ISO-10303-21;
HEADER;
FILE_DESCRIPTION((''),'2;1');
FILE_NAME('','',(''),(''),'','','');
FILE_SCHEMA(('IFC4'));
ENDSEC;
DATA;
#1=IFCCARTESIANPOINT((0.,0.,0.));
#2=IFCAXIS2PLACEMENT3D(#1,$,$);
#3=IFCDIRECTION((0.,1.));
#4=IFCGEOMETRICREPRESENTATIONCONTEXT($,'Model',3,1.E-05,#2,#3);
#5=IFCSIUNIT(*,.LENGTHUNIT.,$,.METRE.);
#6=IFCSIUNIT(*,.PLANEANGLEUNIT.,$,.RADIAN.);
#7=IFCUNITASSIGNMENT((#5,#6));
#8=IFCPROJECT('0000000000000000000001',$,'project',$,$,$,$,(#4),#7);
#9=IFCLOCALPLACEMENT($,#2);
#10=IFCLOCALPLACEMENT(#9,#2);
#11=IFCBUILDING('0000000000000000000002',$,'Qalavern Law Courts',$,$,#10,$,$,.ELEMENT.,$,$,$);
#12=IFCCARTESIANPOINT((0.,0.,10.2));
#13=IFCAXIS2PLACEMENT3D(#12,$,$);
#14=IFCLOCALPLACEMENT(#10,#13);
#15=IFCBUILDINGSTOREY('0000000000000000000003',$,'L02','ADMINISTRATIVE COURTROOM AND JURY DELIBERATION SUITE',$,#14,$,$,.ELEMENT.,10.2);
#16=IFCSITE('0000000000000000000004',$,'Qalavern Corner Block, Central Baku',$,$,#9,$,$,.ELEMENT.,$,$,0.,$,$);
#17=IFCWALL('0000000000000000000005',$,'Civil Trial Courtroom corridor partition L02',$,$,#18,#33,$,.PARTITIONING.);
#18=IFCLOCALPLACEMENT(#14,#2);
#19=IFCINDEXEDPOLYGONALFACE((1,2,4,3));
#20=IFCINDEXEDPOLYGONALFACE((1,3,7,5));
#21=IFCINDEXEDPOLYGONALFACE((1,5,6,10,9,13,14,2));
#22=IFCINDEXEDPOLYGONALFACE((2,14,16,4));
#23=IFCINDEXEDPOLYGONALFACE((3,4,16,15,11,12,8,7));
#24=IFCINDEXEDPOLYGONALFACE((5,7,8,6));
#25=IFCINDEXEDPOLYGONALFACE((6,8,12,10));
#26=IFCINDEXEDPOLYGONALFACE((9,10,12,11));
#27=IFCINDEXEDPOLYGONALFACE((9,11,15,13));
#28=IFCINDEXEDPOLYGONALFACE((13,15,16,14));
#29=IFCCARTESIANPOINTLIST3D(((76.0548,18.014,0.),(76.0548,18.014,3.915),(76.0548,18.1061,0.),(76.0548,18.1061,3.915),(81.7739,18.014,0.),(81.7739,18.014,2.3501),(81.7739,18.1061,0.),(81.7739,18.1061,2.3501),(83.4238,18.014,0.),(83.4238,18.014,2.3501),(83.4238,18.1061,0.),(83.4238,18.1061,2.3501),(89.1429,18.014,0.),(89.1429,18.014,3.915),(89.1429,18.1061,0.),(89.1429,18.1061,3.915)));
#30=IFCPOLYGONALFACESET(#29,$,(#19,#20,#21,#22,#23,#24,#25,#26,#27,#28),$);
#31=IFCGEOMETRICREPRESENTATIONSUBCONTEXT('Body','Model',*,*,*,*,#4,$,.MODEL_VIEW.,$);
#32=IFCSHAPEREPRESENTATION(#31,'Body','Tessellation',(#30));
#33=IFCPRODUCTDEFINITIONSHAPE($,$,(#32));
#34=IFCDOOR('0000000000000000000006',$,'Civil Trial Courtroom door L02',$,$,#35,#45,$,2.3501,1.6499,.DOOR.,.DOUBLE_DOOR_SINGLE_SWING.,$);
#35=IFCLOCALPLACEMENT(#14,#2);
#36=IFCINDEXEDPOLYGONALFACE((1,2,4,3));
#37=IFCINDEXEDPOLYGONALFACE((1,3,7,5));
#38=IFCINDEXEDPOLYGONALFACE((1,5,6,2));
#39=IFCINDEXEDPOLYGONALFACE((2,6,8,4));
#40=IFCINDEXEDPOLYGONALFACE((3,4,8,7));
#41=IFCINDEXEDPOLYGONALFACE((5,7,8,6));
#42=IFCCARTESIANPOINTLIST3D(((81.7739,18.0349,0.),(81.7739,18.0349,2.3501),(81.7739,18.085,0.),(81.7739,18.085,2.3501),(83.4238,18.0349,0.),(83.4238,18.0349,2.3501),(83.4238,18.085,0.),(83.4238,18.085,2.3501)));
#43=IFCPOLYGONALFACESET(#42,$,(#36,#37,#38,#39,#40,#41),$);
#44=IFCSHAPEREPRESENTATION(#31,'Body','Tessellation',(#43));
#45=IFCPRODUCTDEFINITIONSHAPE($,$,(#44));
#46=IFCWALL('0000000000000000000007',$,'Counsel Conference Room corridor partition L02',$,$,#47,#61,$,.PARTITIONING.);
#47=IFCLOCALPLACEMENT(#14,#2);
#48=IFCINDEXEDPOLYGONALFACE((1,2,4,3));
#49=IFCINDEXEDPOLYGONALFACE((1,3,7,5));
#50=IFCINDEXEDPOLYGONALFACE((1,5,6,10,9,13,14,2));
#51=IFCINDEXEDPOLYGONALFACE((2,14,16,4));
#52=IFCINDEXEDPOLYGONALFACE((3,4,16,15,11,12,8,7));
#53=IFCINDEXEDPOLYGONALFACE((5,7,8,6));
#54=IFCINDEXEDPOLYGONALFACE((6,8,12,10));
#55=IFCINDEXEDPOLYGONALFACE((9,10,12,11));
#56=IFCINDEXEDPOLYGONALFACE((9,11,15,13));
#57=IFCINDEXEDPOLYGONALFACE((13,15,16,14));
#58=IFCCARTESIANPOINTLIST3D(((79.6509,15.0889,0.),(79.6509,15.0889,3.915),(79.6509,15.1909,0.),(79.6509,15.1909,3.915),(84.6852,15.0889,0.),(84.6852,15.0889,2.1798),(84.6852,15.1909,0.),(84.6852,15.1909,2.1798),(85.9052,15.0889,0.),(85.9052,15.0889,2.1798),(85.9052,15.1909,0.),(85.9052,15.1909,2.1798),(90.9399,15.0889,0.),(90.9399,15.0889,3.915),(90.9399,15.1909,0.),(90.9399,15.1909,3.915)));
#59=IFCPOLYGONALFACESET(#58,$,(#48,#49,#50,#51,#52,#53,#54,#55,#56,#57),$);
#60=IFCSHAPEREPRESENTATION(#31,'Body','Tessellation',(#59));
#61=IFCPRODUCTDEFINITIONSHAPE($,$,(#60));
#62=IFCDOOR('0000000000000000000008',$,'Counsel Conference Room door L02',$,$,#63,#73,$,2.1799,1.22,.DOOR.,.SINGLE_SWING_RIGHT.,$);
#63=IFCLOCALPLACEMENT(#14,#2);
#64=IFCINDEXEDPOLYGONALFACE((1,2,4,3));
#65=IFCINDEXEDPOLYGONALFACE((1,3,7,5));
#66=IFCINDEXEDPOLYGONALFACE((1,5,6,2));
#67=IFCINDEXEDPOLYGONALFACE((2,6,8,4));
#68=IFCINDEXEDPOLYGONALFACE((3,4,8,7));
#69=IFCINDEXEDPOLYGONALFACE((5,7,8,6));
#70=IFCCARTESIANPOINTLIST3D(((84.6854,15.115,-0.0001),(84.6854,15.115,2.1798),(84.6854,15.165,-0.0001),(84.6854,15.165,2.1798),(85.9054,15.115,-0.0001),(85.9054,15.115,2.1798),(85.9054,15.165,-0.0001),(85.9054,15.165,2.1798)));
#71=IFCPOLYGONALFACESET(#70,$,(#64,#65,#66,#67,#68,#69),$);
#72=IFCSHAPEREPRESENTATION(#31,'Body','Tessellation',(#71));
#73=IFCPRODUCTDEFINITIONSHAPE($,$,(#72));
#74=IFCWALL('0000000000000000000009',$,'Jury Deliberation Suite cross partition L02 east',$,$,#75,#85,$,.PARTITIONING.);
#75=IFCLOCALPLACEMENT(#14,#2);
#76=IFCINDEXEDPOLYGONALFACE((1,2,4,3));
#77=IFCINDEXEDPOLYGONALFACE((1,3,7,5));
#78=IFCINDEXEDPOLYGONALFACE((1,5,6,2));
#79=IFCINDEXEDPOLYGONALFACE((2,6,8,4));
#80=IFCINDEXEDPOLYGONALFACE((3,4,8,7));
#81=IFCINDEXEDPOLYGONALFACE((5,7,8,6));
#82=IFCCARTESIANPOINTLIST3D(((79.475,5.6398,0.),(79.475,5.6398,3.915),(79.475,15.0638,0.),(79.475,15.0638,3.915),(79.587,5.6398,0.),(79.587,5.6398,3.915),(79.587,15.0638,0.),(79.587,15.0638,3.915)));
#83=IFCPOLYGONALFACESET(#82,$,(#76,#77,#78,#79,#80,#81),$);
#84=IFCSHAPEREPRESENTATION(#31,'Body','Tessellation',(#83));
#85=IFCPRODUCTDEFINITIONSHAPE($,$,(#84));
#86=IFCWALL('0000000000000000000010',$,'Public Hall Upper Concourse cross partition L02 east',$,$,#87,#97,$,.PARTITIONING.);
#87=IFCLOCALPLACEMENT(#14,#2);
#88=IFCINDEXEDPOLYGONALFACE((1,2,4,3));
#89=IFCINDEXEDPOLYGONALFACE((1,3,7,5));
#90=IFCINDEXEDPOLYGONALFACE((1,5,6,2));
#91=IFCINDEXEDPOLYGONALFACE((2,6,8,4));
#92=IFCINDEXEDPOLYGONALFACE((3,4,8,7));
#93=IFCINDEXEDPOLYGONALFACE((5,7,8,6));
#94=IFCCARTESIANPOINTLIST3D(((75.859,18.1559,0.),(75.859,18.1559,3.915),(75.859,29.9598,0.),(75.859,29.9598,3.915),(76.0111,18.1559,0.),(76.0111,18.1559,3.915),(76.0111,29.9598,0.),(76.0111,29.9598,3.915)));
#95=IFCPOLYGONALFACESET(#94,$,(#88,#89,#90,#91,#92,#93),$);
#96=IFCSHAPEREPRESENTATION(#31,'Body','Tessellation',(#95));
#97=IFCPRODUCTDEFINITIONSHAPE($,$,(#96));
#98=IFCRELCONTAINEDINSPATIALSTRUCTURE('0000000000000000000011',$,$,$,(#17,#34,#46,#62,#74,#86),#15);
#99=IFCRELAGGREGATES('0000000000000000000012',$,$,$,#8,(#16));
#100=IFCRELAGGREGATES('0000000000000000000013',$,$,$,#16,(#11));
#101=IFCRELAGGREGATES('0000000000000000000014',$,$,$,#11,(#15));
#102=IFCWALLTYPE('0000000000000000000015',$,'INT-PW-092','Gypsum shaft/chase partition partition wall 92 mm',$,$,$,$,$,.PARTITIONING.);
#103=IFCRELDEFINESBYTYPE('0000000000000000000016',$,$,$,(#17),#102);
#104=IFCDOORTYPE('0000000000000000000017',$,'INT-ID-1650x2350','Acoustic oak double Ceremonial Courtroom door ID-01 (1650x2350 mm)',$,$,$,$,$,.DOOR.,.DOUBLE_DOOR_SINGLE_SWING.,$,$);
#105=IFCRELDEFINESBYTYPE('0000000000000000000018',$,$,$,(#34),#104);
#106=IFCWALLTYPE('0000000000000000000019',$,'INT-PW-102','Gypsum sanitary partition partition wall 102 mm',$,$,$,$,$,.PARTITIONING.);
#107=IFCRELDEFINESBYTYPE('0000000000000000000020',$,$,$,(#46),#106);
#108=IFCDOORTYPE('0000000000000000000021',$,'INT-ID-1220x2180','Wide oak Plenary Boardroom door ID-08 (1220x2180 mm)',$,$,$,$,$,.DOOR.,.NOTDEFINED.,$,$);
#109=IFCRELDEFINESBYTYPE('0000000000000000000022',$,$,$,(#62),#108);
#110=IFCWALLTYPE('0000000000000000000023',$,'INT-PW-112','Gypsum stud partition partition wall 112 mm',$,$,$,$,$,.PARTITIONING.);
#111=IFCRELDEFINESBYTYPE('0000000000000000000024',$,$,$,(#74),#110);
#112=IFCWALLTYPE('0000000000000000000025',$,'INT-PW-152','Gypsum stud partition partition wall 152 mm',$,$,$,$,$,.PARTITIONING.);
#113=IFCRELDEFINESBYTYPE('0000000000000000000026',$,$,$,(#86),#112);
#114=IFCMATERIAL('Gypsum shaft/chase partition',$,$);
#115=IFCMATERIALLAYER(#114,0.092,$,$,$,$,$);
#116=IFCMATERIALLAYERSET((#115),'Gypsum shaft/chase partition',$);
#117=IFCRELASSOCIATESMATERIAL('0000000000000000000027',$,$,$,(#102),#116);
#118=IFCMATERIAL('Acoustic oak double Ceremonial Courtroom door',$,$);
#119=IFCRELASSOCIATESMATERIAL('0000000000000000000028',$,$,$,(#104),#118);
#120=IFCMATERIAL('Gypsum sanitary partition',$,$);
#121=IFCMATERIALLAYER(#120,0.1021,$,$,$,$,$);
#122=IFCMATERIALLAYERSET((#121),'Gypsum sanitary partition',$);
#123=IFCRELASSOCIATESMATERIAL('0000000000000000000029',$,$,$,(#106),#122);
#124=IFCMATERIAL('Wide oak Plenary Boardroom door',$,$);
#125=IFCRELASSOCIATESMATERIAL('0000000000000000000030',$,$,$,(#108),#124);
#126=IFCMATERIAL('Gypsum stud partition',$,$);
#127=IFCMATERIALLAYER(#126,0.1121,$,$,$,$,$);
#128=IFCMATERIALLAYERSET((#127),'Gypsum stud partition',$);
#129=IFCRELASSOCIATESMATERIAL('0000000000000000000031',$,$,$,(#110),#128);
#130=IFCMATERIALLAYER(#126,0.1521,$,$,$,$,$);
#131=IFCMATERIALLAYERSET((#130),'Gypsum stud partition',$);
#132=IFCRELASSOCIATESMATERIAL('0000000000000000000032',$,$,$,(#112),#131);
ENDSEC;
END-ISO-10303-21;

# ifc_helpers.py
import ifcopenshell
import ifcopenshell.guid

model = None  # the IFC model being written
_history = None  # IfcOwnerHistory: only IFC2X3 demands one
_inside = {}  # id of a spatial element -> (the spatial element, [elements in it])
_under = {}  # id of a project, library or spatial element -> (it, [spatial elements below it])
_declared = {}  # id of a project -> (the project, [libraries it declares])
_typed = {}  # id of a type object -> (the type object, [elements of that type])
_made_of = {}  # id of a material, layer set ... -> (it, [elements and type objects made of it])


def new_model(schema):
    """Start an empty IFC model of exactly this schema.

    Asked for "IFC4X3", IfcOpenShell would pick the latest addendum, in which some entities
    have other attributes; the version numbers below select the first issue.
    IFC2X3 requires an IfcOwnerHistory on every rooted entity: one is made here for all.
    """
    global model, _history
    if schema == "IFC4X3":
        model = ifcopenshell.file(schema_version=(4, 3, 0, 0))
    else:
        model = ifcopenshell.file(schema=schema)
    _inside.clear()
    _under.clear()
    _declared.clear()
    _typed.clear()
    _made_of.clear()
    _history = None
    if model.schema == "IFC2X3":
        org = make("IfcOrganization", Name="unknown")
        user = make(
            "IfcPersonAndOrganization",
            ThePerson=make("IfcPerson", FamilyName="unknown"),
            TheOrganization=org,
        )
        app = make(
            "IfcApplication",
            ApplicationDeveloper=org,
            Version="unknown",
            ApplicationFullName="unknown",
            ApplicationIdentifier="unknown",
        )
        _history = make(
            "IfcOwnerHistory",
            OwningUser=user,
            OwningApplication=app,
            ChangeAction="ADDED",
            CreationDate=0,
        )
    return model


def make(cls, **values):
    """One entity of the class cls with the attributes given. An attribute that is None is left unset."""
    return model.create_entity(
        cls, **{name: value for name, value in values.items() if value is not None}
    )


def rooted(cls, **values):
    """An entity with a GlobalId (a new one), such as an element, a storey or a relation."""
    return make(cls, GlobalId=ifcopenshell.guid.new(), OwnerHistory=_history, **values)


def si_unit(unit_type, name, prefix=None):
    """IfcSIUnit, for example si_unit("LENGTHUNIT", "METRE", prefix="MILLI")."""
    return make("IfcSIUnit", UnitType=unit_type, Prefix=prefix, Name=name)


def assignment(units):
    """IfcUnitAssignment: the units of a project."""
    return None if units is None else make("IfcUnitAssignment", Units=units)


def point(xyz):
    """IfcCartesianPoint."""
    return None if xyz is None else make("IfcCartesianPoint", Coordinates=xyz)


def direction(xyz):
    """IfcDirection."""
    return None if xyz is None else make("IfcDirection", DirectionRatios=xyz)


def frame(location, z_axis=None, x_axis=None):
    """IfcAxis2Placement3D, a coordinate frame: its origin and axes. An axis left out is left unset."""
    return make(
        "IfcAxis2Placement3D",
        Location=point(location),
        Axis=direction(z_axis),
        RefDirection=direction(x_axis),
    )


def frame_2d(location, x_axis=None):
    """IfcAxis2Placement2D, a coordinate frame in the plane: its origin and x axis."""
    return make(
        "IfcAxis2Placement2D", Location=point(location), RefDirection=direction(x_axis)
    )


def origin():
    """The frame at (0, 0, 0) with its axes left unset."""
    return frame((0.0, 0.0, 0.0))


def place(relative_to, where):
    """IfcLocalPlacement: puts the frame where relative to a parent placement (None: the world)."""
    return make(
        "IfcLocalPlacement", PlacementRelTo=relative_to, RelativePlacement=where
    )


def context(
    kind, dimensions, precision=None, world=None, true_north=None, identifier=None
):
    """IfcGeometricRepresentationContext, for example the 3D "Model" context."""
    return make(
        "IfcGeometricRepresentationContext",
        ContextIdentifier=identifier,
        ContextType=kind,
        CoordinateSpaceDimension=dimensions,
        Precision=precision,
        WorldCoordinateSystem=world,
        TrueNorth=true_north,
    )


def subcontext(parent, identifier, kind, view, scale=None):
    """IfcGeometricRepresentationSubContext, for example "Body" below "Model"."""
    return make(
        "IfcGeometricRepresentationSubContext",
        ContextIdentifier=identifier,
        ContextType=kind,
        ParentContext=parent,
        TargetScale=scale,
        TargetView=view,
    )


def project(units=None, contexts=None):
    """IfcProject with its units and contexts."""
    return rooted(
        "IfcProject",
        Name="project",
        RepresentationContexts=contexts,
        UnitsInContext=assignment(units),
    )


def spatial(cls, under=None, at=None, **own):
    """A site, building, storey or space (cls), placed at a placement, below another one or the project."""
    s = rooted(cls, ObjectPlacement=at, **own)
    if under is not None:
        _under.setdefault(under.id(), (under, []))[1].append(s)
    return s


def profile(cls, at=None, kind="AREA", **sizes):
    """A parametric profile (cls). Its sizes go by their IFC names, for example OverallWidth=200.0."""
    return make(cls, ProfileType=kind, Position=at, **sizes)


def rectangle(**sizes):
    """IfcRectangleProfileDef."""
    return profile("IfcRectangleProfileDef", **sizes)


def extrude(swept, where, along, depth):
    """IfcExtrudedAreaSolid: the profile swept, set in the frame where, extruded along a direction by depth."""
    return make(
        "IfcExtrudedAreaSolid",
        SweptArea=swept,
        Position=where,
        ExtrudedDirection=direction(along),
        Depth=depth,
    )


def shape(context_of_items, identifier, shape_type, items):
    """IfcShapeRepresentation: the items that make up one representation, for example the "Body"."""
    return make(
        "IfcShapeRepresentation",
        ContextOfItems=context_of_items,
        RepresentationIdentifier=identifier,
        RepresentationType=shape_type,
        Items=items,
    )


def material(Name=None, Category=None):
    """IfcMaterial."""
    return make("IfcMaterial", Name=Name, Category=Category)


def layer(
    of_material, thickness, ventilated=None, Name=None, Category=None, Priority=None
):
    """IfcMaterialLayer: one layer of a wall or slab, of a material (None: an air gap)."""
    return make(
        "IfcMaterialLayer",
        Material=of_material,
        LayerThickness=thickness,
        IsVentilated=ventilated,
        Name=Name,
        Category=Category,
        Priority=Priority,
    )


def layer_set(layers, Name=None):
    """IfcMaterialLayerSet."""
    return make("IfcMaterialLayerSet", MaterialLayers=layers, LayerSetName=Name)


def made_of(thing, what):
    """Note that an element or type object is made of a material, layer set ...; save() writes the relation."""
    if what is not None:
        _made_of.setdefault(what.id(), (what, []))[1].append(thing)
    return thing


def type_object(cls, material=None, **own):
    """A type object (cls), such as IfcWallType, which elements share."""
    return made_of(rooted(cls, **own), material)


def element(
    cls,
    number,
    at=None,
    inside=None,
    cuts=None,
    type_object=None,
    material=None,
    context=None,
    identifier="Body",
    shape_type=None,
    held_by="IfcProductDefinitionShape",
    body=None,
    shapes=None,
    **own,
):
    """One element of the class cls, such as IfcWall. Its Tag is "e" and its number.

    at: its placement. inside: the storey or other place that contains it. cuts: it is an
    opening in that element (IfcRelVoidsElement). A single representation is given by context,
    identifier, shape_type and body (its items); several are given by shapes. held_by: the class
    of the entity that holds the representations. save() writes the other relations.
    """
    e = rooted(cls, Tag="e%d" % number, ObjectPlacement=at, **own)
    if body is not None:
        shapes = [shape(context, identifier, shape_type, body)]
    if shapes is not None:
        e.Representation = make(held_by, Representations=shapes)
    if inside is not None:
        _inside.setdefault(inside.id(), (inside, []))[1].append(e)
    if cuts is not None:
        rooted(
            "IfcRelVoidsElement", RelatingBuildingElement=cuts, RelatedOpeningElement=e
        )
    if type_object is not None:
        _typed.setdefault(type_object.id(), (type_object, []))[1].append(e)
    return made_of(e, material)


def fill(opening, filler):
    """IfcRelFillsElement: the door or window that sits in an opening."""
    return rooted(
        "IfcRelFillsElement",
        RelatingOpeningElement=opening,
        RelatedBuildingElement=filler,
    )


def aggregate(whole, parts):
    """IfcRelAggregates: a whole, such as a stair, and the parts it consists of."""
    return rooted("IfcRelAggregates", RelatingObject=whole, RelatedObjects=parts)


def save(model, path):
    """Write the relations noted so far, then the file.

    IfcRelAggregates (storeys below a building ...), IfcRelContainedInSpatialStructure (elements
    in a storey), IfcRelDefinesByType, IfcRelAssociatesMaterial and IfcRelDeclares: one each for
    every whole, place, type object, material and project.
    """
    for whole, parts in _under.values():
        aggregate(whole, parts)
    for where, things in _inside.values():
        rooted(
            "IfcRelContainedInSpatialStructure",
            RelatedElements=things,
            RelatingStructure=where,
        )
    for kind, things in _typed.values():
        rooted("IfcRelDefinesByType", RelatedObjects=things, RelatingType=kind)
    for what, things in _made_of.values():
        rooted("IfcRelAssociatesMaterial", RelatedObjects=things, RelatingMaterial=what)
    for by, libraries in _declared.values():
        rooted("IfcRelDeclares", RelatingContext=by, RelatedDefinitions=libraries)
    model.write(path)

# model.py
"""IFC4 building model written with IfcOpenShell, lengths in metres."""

from ifc_helpers import new_model, si_unit, direction, frame, frame_2d, origin, place, context, subcontext, project, spatial, rectangle, extrude, material, layer, layer_set, type_object, element, fill, save


model = new_model("IFC4")

# Units and contexts
model_context = context("Model", 3, precision=1e-05, world=origin(), true_north=direction((0.0, 1.0)))
body_context = subcontext(model_context, "Body", "Model", "MODEL_VIEW")
ifc_project = project(units=[si_unit("LENGTHUNIT", "METRE"), si_unit("PLANEANGLEUNIT", "RADIAN")], contexts=[model_context])

# Site, building, storey
site_placement = place(None, origin())
site = spatial("IfcSite", under=ifc_project, at=site_placement, Name="Qalavern Corner Block, Central Baku", CompositionType="ELEMENT", RefElevation=0.0)
building_placement = place(site_placement, origin())
building = spatial("IfcBuilding", under=site, at=building_placement, Name="Qalavern Law Courts", CompositionType="ELEMENT")
storey_placement = place(building_placement, frame((0.0, 0.0, 10.2)))
storey = spatial("IfcBuildingStorey", under=building, at=storey_placement, Name="L02", Description="ADMINISTRATIVE COURTROOM AND JURY DELIBERATION SUITE", CompositionType="ELEMENT", Elevation=10.2)

# Walls, openings, doors
ifc_material_1 = material(Name="Gypsum shaft/chase partition")
ifc_layer_1 = layer(ifc_material_1, 0.092)
ifc_layer_set_1 = layer_set([ifc_layer_1], Name="Gypsum shaft/chase partition")
wall_type_1 = type_object("IfcWallType", Name="INT-PW-092", Description="Gypsum shaft/chase partition partition wall 92 mm", PredefinedType="PARTITIONING", material=ifc_layer_set_1)
wall_1_placement = place(storey_placement, frame((76.0549, 18.0601, 0.0), z_axis=(0.0, 0.0, 1.0), x_axis=(1.0, 0.0, 0.0)))
wall_1 = element("IfcWall", 1, at=wall_1_placement, inside=storey, type_object=wall_type_1, Name="Civil Trial Courtroom corridor partition L02", PredefinedType="PARTITIONING", context=body_context, shape_type="SweptSolid", body=[
    extrude(rectangle(XDim=13.0881, YDim=0.092, at=frame_2d((6.5439, 0.0))), origin(), (0.0, 0.0, 1.0), 3.915),
])
opening_1_placement = place(wall_1_placement, frame((5.719, 0.0, 0.0)))
opening_1 = element("IfcOpeningElement", 2, at=opening_1_placement, cuts=wall_1, PredefinedType="OPENING", context=body_context, shape_type="SweptSolid", body=[
    extrude(rectangle(XDim=1.6499, YDim=2.3501, at=frame_2d((0.825, 1.175))), frame((0.0, 0.061, 0.0), z_axis=(0.0, -1.0, 0.0), x_axis=(1.0, 0.0, 0.0)), (0.0, 0.0, 1.0), 0.1218),
])
ifc_material_2 = material(Name="Acoustic oak double Ceremonial Courtroom door")
door_type_1 = type_object("IfcDoorType", Name="INT-ID-1650x2350", Description="Acoustic oak double Ceremonial Courtroom door ID-01 (1650x2350 mm)", OperationType="DOUBLE_DOOR_SINGLE_SWING", PredefinedType="DOOR", material=ifc_material_2)
door_1_placement = place(opening_1_placement, origin())
door_1 = element("IfcDoor", 3, at=door_1_placement, inside=storey, type_object=door_type_1, Name="Civil Trial Courtroom door L02", OperationType="DOUBLE_DOOR_SINGLE_SWING", OverallHeight=2.3501, OverallWidth=1.6499, PredefinedType="DOOR", context=body_context, shape_type="SweptSolid", body=[
    extrude(rectangle(XDim=1.6499, YDim=2.3501, at=frame_2d((0.825, 1.175))), frame((0.0, 0.0249, 0.0), z_axis=(0.0, -1.0, 0.0), x_axis=(1.0, 0.0, 0.0)), (0.0, 0.0, 1.0), 0.05),
])
fill(opening_1, door_1)
ifc_material_3 = material(Name="Gypsum sanitary partition")
ifc_layer_2 = layer(ifc_material_3, 0.1021)
ifc_layer_set_2 = layer_set([ifc_layer_2], Name="Gypsum sanitary partition")
wall_type_2 = type_object("IfcWallType", Name="INT-PW-102", Description="Gypsum sanitary partition partition wall 102 mm", PredefinedType="PARTITIONING", material=ifc_layer_set_2)
wall_2_placement = place(storey_placement, frame((79.6509, 15.1399, 0.0), z_axis=(0.0, 0.0, 1.0), x_axis=(1.0, 0.0, 0.0)))
wall_2 = element("IfcWall", 4, at=wall_2_placement, inside=storey, type_object=wall_type_2, Name="Counsel Conference Room corridor partition L02", PredefinedType="PARTITIONING", context=body_context, shape_type="SweptSolid", body=[
    extrude(rectangle(XDim=11.2891, YDim=0.1021, at=frame_2d((5.6445, 0.0))), origin(), (0.0, 0.0, 1.0), 3.915),
])
opening_2_placement = place(wall_2_placement, frame((5.0344, 0.0, 0.0)))
opening_2 = element("IfcOpeningElement", 5, at=opening_2_placement, cuts=wall_2, PredefinedType="OPENING", context=body_context, shape_type="SweptSolid", body=[
    extrude(rectangle(XDim=1.22, YDim=2.1799, at=frame_2d((0.6099, 1.0898))), frame((0.0, 0.0659, 0.0), z_axis=(0.0, -1.0, 0.0), x_axis=(1.0, 0.0, 0.0)), (0.0, 0.0, 1.0), 0.1318),
])
ifc_material_4 = material(Name="Wide oak Plenary Boardroom door")
door_type_2 = type_object("IfcDoorType", Name="INT-ID-1220x2180", Description="Wide oak Plenary Boardroom door ID-08 (1220x2180 mm)", OperationType="NOTDEFINED", PredefinedType="DOOR", material=ifc_material_4)
door_2_placement = place(opening_2_placement, frame((1.22, 0.0, 0.0), z_axis=(0.0, 0.0, 1.0), x_axis=(-1.0, 0.0, 0.0)))
door_2 = element("IfcDoor", 6, at=door_2_placement, inside=storey, type_object=door_type_2, Name="Counsel Conference Room door L02", OperationType="SINGLE_SWING_RIGHT", OverallHeight=2.1799, OverallWidth=1.22, PredefinedType="DOOR", context=body_context, shape_type="SweptSolid", body=[
    extrude(rectangle(XDim=1.22, YDim=2.1799, at=frame_2d((0.6099, 1.0898))), frame((0.0, 0.0249, 0.0), z_axis=(0.0, -1.0, 0.0), x_axis=(1.0, 0.0, 0.0)), (0.0, 0.0, 1.0), 0.05),
])
fill(opening_2, door_2)

# Walls
ifc_material_5 = material(Name="Gypsum stud partition")
ifc_layer_3 = layer(ifc_material_5, 0.1121)
ifc_layer_set_3 = layer_set([ifc_layer_3], Name="Gypsum stud partition")
wall_type_3 = type_object("IfcWallType", Name="INT-PW-112", Description="Gypsum stud partition partition wall 112 mm", PredefinedType="PARTITIONING", material=ifc_layer_set_3)
wall_3_placement = place(storey_placement, frame((79.531, 5.6399, 0.0), z_axis=(0.0, 0.0, 1.0), x_axis=(0.0, 1.0, 0.0)))
element("IfcWall", 7, at=wall_3_placement, inside=storey, type_object=wall_type_3, Name="Jury Deliberation Suite cross partition L02 east", PredefinedType="PARTITIONING", context=body_context, shape_type="SweptSolid", body=[
    extrude(rectangle(XDim=9.4241, YDim=0.1121, at=frame_2d((4.7119, 0.0))), origin(), (0.0, 0.0, 1.0), 3.915),
])
ifc_layer_4 = layer(ifc_material_5, 0.1521)
ifc_layer_set_4 = layer_set([ifc_layer_4], Name="Gypsum stud partition")
wall_type_4 = type_object("IfcWallType", Name="INT-PW-152", Description="Gypsum stud partition partition wall 152 mm", PredefinedType="PARTITIONING", material=ifc_layer_set_4)
wall_4_placement = place(storey_placement, frame((75.9351, 18.156, 0.0), z_axis=(0.0, 0.0, 1.0), x_axis=(0.0, 1.0, 0.0)))
element("IfcWall", 8, at=wall_4_placement, inside=storey, type_object=wall_type_4, Name="Public Hall Upper Concourse cross partition L02 east", PredefinedType="PARTITIONING", context=body_context, shape_type="SweptSolid", body=[
    extrude(rectangle(XDim=11.804, YDim=0.1521, at=frame_2d((5.9019, 0.0))), origin(), (0.0, 0.0, 1.0), 3.915),
])

save(model, "model.ifc")
